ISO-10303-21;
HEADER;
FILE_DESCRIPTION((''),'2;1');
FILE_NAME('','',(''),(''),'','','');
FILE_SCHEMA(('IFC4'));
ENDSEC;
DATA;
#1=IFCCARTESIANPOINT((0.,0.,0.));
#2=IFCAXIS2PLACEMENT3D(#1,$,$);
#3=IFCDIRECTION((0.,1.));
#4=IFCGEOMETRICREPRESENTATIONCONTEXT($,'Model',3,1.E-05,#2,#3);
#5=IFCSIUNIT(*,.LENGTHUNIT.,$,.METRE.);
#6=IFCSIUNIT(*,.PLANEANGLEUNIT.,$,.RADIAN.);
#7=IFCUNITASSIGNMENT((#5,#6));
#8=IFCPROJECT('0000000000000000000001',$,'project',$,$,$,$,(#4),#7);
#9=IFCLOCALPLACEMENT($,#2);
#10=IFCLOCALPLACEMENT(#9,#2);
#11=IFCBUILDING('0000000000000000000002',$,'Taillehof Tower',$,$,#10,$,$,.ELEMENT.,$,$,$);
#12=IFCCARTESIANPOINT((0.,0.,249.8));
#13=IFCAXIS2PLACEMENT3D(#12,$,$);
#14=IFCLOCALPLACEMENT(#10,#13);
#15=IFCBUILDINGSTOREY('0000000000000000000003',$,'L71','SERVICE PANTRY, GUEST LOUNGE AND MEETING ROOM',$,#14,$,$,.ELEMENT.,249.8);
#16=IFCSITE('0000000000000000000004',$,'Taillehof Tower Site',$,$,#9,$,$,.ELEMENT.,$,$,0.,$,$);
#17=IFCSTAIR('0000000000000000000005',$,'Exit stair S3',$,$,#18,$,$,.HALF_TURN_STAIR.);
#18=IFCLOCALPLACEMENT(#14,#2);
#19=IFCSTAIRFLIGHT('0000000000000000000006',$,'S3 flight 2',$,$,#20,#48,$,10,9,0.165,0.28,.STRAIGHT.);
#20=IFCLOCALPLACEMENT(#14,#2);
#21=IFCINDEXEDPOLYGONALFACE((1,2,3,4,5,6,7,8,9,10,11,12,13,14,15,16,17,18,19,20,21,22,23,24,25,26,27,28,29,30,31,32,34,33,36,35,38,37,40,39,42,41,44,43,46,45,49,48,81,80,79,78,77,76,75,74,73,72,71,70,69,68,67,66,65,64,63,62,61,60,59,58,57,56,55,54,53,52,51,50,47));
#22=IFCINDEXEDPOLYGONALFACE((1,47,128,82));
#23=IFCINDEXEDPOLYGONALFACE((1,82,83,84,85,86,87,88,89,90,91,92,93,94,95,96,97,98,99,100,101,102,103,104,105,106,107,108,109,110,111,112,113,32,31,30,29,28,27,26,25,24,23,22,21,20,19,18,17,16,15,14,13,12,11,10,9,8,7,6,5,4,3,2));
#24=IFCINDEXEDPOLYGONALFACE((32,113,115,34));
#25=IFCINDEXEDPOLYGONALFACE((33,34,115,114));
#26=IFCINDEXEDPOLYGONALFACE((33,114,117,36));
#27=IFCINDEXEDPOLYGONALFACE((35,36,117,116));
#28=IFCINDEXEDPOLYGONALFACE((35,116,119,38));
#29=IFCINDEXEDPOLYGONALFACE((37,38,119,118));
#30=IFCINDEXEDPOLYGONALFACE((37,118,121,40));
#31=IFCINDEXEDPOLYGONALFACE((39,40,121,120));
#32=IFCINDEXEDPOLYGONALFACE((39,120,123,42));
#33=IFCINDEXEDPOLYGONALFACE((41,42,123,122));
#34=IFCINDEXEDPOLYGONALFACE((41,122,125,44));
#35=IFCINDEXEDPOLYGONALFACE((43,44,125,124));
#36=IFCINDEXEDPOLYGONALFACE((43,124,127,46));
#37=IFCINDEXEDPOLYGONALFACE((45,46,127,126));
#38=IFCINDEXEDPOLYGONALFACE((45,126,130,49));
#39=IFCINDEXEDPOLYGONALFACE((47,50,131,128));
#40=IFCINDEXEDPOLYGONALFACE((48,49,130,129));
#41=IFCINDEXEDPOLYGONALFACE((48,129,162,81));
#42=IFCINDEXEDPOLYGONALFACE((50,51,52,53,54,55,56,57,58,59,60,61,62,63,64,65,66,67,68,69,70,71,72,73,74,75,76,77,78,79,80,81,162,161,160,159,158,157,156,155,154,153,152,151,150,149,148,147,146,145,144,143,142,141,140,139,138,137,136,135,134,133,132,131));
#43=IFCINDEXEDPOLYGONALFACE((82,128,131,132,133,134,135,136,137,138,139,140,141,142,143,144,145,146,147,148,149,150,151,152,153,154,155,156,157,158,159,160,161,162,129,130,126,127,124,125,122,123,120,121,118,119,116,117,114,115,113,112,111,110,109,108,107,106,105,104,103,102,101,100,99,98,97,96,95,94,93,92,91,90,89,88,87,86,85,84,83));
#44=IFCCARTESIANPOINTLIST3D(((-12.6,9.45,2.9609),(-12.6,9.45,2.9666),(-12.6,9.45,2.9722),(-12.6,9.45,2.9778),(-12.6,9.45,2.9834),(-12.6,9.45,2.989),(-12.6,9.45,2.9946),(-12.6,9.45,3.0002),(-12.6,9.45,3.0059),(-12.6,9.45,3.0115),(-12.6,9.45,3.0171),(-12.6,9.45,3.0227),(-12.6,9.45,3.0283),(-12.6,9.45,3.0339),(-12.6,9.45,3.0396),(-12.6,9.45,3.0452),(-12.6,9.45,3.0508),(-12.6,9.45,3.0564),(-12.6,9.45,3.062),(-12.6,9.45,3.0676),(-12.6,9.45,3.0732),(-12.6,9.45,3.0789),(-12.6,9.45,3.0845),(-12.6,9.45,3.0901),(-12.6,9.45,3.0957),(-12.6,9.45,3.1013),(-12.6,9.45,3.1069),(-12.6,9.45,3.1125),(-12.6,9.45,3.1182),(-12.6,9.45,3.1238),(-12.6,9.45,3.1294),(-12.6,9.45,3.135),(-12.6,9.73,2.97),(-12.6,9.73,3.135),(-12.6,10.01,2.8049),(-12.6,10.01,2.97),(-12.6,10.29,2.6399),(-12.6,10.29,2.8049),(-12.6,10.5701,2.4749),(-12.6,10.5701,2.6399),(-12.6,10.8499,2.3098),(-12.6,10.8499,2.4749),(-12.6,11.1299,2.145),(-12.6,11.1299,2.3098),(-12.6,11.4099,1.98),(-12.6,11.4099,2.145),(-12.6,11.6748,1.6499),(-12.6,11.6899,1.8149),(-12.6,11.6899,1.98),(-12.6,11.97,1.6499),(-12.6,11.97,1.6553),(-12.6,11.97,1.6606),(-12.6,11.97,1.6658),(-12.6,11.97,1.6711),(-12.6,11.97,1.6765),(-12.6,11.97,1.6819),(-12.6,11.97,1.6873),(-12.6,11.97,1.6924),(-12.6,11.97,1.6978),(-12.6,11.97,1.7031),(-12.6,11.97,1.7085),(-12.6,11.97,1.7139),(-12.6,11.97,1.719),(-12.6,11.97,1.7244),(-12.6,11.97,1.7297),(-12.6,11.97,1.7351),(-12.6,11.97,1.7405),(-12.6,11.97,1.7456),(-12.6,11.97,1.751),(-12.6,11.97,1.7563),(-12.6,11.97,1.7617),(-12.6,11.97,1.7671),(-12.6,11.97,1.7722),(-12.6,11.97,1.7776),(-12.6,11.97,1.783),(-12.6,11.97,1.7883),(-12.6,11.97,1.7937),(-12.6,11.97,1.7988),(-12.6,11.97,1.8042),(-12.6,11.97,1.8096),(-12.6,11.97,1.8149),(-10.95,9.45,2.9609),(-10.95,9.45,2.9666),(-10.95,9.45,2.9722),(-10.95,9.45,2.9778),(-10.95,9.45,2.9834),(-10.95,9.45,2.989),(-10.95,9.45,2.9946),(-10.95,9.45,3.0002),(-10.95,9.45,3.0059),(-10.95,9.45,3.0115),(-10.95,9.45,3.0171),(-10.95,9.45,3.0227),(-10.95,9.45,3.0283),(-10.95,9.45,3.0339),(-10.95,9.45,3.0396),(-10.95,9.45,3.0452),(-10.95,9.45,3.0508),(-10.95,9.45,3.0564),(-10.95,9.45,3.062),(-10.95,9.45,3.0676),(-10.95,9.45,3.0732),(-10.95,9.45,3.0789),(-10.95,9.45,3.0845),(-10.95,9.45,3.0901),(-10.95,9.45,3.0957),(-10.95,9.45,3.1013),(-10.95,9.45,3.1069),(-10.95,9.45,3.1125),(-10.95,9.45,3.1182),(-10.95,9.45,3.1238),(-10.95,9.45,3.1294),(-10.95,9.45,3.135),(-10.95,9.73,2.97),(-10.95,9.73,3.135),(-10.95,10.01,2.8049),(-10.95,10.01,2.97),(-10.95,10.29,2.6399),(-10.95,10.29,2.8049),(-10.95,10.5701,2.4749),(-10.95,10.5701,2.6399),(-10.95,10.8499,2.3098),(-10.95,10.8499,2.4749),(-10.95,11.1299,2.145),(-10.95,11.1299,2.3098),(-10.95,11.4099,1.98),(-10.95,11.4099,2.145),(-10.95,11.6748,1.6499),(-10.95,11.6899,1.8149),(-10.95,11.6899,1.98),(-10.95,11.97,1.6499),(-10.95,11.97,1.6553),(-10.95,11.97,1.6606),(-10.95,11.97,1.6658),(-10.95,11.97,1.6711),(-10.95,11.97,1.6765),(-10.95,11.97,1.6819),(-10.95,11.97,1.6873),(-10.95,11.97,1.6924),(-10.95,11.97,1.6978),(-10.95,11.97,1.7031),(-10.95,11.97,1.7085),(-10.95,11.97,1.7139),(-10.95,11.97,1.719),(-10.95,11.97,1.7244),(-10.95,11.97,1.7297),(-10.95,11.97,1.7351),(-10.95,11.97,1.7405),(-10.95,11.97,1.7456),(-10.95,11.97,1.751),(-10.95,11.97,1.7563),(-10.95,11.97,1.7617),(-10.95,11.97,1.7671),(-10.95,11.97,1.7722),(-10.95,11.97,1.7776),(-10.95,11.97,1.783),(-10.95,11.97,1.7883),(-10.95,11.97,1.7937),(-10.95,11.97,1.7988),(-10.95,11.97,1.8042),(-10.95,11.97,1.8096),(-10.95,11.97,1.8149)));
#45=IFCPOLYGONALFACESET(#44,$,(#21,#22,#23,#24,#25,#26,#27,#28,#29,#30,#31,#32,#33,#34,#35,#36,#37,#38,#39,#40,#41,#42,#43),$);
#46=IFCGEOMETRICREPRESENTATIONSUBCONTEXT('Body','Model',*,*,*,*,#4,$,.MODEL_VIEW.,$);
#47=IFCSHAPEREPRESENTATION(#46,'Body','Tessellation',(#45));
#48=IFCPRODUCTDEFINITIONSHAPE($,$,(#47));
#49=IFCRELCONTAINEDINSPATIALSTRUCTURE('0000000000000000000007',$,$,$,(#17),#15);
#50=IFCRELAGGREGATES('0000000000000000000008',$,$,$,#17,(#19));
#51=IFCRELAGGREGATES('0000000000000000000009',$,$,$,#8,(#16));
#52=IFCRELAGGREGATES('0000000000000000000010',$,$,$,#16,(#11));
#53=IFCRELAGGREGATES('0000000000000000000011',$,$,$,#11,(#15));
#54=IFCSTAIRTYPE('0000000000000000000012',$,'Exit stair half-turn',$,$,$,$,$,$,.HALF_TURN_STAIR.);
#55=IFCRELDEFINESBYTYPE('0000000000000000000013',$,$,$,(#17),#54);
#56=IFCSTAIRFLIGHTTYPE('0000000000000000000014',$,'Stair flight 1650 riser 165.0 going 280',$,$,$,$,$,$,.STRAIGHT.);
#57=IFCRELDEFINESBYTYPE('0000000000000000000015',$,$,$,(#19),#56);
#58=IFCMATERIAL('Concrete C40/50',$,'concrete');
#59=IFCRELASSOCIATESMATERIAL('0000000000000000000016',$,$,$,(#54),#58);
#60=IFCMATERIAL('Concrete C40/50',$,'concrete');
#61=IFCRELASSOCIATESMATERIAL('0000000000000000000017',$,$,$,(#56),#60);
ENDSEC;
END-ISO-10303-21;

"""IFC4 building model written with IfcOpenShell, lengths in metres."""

from ifc_helpers import new_model, si_unit, direction, frame, origin, place, context, subcontext, project, spatial, polyline, outline, extrude, material, type_object, element, aggregate, save


model = new_model("IFC4")

# Units and contexts
model_context = context("Model", 3, precision=1e-05, world=origin(), true_north=direction((0.0, 1.0)))
body_context = subcontext(model_context, "Body", "Model", "MODEL_VIEW")
ifc_project = project(units=[si_unit("LENGTHUNIT", "METRE"), si_unit("PLANEANGLEUNIT", "RADIAN")], contexts=[model_context])

# Site, building, storey
site_placement = place(None, origin())
site = spatial("IfcSite", under=ifc_project, at=site_placement, Name="Taillehof Tower Site", CompositionType="ELEMENT", RefElevation=0.0)
building_placement = place(site_placement, origin())
building = spatial("IfcBuilding", under=site, at=building_placement, Name="Taillehof Tower", CompositionType="ELEMENT")
storey_placement = place(building_placement, frame((0.0, 0.0, 249.8)))
storey = spatial("IfcBuildingStorey", under=building, at=storey_placement, Name="L71", Description="SERVICE PANTRY, GUEST LOUNGE AND MEETING ROOM", CompositionType="ELEMENT", Elevation=249.8)

# Stair, stair flight
ifc_material_1 = material(Name="Concrete C40/50", Category="concrete")
stair_type = type_object("IfcStairType", Name="Exit stair half-turn", PredefinedType="HALF_TURN_STAIR", material=ifc_material_1)
stair_placement = place(storey_placement, origin())
stair = element("IfcStair", 1, at=stair_placement, inside=storey, type_object=stair_type, Name="Exit stair S3", PredefinedType="HALF_TURN_STAIR")
ifc_material_2 = material(Name="Concrete C40/50", Category="concrete")
stair_flight_type = type_object("IfcStairFlightType", Name="Stair flight 1650 riser 165.0 going 280", PredefinedType="STRAIGHT", material=ifc_material_2)
stair_flight_1_placement = place(storey_placement, frame((-11.7749, 11.97, 1.6499), z_axis=(0.0, 0.0, 1.0), x_axis=(0.0, -1.0, 0.0)))
stair_flight_1 = element("IfcStairFlight", 2, at=stair_flight_1_placement, type_object=stair_flight_type, Name="S3 flight 2", NumberOfRisers=10, NumberOfTreads=9, PredefinedType="STRAIGHT", RiserHeight=0.165, TreadLength=0.28, context=body_context, shape_type="SweptSolid", body=[
    extrude(outline(polyline([(0.0, 0.0), (0.0, 0.0054), (0.0, 0.0107), (0.0, 0.0159), (0.0, 0.0212), (0.0, 0.0266), (0.0, 0.032), (0.0, 0.0374), (0.0, 0.0425), (0.0, 0.0479), (0.0, 0.0532), (0.0, 0.0586), (0.0, 0.064), (0.0, 0.0691), (0.0, 0.0745), (0.0, 0.0798), (0.0, 0.0852), (0.0, 0.0906), (0.0, 0.0957), (0.0, 0.1011), (0.0, 0.1064), (0.0, 0.1118), (0.0, 0.1172), (0.0, 0.1223), (0.0, 0.1277), (0.0, 0.1331), (0.0, 0.1384), (0.0, 0.1438), (0.0, 0.1489), (0.0, 0.1543), (0.0, 0.1597), (0.0, 0.165), (0.28, 0.165), (0.28, 0.3301), (0.5601, 0.3301), (0.5601, 0.4951), (0.8401, 0.4951), (0.8401, 0.6599), (1.1201, 0.6599), (1.1201, 0.825), (1.3999, 0.825), (1.3999, 0.99), (1.6799, 0.99), (1.6799, 1.155), (1.96, 1.155), (1.96, 1.3201), (2.24, 1.3201), (2.24, 1.4851), (2.52, 1.4851), (2.52, 1.4795), (2.52, 1.4739), (2.52, 1.4683), (2.52, 1.4626), (2.52, 1.457), (2.52, 1.4514), (2.52, 1.4458), (2.52, 1.4402), (2.52, 1.4346), (2.52, 1.429), (2.52, 1.4233), (2.52, 1.4177), (2.52, 1.4121), (2.52, 1.4065), (2.52, 1.4009), (2.52, 1.3953), (2.52, 1.3896), (2.52, 1.384), (2.52, 1.3784), (2.52, 1.3728), (2.52, 1.3672), (2.52, 1.3616), (2.52, 1.356), (2.52, 1.3503), (2.52, 1.3447), (2.52, 1.3391), (2.52, 1.3335), (2.52, 1.3279), (2.52, 1.3223), (2.52, 1.3167), (2.52, 1.311), (0.2952, 0.0), (0.0, 0.0)])), frame((0.0, 0.825, 0.0), z_axis=(0.0, -1.0, 0.0), x_axis=(1.0, 0.0, 0.0)), (0.0, 0.0, 1.0), 1.65),
])
aggregate(stair, [stair_flight_1])

save(model, "model.ifc")
